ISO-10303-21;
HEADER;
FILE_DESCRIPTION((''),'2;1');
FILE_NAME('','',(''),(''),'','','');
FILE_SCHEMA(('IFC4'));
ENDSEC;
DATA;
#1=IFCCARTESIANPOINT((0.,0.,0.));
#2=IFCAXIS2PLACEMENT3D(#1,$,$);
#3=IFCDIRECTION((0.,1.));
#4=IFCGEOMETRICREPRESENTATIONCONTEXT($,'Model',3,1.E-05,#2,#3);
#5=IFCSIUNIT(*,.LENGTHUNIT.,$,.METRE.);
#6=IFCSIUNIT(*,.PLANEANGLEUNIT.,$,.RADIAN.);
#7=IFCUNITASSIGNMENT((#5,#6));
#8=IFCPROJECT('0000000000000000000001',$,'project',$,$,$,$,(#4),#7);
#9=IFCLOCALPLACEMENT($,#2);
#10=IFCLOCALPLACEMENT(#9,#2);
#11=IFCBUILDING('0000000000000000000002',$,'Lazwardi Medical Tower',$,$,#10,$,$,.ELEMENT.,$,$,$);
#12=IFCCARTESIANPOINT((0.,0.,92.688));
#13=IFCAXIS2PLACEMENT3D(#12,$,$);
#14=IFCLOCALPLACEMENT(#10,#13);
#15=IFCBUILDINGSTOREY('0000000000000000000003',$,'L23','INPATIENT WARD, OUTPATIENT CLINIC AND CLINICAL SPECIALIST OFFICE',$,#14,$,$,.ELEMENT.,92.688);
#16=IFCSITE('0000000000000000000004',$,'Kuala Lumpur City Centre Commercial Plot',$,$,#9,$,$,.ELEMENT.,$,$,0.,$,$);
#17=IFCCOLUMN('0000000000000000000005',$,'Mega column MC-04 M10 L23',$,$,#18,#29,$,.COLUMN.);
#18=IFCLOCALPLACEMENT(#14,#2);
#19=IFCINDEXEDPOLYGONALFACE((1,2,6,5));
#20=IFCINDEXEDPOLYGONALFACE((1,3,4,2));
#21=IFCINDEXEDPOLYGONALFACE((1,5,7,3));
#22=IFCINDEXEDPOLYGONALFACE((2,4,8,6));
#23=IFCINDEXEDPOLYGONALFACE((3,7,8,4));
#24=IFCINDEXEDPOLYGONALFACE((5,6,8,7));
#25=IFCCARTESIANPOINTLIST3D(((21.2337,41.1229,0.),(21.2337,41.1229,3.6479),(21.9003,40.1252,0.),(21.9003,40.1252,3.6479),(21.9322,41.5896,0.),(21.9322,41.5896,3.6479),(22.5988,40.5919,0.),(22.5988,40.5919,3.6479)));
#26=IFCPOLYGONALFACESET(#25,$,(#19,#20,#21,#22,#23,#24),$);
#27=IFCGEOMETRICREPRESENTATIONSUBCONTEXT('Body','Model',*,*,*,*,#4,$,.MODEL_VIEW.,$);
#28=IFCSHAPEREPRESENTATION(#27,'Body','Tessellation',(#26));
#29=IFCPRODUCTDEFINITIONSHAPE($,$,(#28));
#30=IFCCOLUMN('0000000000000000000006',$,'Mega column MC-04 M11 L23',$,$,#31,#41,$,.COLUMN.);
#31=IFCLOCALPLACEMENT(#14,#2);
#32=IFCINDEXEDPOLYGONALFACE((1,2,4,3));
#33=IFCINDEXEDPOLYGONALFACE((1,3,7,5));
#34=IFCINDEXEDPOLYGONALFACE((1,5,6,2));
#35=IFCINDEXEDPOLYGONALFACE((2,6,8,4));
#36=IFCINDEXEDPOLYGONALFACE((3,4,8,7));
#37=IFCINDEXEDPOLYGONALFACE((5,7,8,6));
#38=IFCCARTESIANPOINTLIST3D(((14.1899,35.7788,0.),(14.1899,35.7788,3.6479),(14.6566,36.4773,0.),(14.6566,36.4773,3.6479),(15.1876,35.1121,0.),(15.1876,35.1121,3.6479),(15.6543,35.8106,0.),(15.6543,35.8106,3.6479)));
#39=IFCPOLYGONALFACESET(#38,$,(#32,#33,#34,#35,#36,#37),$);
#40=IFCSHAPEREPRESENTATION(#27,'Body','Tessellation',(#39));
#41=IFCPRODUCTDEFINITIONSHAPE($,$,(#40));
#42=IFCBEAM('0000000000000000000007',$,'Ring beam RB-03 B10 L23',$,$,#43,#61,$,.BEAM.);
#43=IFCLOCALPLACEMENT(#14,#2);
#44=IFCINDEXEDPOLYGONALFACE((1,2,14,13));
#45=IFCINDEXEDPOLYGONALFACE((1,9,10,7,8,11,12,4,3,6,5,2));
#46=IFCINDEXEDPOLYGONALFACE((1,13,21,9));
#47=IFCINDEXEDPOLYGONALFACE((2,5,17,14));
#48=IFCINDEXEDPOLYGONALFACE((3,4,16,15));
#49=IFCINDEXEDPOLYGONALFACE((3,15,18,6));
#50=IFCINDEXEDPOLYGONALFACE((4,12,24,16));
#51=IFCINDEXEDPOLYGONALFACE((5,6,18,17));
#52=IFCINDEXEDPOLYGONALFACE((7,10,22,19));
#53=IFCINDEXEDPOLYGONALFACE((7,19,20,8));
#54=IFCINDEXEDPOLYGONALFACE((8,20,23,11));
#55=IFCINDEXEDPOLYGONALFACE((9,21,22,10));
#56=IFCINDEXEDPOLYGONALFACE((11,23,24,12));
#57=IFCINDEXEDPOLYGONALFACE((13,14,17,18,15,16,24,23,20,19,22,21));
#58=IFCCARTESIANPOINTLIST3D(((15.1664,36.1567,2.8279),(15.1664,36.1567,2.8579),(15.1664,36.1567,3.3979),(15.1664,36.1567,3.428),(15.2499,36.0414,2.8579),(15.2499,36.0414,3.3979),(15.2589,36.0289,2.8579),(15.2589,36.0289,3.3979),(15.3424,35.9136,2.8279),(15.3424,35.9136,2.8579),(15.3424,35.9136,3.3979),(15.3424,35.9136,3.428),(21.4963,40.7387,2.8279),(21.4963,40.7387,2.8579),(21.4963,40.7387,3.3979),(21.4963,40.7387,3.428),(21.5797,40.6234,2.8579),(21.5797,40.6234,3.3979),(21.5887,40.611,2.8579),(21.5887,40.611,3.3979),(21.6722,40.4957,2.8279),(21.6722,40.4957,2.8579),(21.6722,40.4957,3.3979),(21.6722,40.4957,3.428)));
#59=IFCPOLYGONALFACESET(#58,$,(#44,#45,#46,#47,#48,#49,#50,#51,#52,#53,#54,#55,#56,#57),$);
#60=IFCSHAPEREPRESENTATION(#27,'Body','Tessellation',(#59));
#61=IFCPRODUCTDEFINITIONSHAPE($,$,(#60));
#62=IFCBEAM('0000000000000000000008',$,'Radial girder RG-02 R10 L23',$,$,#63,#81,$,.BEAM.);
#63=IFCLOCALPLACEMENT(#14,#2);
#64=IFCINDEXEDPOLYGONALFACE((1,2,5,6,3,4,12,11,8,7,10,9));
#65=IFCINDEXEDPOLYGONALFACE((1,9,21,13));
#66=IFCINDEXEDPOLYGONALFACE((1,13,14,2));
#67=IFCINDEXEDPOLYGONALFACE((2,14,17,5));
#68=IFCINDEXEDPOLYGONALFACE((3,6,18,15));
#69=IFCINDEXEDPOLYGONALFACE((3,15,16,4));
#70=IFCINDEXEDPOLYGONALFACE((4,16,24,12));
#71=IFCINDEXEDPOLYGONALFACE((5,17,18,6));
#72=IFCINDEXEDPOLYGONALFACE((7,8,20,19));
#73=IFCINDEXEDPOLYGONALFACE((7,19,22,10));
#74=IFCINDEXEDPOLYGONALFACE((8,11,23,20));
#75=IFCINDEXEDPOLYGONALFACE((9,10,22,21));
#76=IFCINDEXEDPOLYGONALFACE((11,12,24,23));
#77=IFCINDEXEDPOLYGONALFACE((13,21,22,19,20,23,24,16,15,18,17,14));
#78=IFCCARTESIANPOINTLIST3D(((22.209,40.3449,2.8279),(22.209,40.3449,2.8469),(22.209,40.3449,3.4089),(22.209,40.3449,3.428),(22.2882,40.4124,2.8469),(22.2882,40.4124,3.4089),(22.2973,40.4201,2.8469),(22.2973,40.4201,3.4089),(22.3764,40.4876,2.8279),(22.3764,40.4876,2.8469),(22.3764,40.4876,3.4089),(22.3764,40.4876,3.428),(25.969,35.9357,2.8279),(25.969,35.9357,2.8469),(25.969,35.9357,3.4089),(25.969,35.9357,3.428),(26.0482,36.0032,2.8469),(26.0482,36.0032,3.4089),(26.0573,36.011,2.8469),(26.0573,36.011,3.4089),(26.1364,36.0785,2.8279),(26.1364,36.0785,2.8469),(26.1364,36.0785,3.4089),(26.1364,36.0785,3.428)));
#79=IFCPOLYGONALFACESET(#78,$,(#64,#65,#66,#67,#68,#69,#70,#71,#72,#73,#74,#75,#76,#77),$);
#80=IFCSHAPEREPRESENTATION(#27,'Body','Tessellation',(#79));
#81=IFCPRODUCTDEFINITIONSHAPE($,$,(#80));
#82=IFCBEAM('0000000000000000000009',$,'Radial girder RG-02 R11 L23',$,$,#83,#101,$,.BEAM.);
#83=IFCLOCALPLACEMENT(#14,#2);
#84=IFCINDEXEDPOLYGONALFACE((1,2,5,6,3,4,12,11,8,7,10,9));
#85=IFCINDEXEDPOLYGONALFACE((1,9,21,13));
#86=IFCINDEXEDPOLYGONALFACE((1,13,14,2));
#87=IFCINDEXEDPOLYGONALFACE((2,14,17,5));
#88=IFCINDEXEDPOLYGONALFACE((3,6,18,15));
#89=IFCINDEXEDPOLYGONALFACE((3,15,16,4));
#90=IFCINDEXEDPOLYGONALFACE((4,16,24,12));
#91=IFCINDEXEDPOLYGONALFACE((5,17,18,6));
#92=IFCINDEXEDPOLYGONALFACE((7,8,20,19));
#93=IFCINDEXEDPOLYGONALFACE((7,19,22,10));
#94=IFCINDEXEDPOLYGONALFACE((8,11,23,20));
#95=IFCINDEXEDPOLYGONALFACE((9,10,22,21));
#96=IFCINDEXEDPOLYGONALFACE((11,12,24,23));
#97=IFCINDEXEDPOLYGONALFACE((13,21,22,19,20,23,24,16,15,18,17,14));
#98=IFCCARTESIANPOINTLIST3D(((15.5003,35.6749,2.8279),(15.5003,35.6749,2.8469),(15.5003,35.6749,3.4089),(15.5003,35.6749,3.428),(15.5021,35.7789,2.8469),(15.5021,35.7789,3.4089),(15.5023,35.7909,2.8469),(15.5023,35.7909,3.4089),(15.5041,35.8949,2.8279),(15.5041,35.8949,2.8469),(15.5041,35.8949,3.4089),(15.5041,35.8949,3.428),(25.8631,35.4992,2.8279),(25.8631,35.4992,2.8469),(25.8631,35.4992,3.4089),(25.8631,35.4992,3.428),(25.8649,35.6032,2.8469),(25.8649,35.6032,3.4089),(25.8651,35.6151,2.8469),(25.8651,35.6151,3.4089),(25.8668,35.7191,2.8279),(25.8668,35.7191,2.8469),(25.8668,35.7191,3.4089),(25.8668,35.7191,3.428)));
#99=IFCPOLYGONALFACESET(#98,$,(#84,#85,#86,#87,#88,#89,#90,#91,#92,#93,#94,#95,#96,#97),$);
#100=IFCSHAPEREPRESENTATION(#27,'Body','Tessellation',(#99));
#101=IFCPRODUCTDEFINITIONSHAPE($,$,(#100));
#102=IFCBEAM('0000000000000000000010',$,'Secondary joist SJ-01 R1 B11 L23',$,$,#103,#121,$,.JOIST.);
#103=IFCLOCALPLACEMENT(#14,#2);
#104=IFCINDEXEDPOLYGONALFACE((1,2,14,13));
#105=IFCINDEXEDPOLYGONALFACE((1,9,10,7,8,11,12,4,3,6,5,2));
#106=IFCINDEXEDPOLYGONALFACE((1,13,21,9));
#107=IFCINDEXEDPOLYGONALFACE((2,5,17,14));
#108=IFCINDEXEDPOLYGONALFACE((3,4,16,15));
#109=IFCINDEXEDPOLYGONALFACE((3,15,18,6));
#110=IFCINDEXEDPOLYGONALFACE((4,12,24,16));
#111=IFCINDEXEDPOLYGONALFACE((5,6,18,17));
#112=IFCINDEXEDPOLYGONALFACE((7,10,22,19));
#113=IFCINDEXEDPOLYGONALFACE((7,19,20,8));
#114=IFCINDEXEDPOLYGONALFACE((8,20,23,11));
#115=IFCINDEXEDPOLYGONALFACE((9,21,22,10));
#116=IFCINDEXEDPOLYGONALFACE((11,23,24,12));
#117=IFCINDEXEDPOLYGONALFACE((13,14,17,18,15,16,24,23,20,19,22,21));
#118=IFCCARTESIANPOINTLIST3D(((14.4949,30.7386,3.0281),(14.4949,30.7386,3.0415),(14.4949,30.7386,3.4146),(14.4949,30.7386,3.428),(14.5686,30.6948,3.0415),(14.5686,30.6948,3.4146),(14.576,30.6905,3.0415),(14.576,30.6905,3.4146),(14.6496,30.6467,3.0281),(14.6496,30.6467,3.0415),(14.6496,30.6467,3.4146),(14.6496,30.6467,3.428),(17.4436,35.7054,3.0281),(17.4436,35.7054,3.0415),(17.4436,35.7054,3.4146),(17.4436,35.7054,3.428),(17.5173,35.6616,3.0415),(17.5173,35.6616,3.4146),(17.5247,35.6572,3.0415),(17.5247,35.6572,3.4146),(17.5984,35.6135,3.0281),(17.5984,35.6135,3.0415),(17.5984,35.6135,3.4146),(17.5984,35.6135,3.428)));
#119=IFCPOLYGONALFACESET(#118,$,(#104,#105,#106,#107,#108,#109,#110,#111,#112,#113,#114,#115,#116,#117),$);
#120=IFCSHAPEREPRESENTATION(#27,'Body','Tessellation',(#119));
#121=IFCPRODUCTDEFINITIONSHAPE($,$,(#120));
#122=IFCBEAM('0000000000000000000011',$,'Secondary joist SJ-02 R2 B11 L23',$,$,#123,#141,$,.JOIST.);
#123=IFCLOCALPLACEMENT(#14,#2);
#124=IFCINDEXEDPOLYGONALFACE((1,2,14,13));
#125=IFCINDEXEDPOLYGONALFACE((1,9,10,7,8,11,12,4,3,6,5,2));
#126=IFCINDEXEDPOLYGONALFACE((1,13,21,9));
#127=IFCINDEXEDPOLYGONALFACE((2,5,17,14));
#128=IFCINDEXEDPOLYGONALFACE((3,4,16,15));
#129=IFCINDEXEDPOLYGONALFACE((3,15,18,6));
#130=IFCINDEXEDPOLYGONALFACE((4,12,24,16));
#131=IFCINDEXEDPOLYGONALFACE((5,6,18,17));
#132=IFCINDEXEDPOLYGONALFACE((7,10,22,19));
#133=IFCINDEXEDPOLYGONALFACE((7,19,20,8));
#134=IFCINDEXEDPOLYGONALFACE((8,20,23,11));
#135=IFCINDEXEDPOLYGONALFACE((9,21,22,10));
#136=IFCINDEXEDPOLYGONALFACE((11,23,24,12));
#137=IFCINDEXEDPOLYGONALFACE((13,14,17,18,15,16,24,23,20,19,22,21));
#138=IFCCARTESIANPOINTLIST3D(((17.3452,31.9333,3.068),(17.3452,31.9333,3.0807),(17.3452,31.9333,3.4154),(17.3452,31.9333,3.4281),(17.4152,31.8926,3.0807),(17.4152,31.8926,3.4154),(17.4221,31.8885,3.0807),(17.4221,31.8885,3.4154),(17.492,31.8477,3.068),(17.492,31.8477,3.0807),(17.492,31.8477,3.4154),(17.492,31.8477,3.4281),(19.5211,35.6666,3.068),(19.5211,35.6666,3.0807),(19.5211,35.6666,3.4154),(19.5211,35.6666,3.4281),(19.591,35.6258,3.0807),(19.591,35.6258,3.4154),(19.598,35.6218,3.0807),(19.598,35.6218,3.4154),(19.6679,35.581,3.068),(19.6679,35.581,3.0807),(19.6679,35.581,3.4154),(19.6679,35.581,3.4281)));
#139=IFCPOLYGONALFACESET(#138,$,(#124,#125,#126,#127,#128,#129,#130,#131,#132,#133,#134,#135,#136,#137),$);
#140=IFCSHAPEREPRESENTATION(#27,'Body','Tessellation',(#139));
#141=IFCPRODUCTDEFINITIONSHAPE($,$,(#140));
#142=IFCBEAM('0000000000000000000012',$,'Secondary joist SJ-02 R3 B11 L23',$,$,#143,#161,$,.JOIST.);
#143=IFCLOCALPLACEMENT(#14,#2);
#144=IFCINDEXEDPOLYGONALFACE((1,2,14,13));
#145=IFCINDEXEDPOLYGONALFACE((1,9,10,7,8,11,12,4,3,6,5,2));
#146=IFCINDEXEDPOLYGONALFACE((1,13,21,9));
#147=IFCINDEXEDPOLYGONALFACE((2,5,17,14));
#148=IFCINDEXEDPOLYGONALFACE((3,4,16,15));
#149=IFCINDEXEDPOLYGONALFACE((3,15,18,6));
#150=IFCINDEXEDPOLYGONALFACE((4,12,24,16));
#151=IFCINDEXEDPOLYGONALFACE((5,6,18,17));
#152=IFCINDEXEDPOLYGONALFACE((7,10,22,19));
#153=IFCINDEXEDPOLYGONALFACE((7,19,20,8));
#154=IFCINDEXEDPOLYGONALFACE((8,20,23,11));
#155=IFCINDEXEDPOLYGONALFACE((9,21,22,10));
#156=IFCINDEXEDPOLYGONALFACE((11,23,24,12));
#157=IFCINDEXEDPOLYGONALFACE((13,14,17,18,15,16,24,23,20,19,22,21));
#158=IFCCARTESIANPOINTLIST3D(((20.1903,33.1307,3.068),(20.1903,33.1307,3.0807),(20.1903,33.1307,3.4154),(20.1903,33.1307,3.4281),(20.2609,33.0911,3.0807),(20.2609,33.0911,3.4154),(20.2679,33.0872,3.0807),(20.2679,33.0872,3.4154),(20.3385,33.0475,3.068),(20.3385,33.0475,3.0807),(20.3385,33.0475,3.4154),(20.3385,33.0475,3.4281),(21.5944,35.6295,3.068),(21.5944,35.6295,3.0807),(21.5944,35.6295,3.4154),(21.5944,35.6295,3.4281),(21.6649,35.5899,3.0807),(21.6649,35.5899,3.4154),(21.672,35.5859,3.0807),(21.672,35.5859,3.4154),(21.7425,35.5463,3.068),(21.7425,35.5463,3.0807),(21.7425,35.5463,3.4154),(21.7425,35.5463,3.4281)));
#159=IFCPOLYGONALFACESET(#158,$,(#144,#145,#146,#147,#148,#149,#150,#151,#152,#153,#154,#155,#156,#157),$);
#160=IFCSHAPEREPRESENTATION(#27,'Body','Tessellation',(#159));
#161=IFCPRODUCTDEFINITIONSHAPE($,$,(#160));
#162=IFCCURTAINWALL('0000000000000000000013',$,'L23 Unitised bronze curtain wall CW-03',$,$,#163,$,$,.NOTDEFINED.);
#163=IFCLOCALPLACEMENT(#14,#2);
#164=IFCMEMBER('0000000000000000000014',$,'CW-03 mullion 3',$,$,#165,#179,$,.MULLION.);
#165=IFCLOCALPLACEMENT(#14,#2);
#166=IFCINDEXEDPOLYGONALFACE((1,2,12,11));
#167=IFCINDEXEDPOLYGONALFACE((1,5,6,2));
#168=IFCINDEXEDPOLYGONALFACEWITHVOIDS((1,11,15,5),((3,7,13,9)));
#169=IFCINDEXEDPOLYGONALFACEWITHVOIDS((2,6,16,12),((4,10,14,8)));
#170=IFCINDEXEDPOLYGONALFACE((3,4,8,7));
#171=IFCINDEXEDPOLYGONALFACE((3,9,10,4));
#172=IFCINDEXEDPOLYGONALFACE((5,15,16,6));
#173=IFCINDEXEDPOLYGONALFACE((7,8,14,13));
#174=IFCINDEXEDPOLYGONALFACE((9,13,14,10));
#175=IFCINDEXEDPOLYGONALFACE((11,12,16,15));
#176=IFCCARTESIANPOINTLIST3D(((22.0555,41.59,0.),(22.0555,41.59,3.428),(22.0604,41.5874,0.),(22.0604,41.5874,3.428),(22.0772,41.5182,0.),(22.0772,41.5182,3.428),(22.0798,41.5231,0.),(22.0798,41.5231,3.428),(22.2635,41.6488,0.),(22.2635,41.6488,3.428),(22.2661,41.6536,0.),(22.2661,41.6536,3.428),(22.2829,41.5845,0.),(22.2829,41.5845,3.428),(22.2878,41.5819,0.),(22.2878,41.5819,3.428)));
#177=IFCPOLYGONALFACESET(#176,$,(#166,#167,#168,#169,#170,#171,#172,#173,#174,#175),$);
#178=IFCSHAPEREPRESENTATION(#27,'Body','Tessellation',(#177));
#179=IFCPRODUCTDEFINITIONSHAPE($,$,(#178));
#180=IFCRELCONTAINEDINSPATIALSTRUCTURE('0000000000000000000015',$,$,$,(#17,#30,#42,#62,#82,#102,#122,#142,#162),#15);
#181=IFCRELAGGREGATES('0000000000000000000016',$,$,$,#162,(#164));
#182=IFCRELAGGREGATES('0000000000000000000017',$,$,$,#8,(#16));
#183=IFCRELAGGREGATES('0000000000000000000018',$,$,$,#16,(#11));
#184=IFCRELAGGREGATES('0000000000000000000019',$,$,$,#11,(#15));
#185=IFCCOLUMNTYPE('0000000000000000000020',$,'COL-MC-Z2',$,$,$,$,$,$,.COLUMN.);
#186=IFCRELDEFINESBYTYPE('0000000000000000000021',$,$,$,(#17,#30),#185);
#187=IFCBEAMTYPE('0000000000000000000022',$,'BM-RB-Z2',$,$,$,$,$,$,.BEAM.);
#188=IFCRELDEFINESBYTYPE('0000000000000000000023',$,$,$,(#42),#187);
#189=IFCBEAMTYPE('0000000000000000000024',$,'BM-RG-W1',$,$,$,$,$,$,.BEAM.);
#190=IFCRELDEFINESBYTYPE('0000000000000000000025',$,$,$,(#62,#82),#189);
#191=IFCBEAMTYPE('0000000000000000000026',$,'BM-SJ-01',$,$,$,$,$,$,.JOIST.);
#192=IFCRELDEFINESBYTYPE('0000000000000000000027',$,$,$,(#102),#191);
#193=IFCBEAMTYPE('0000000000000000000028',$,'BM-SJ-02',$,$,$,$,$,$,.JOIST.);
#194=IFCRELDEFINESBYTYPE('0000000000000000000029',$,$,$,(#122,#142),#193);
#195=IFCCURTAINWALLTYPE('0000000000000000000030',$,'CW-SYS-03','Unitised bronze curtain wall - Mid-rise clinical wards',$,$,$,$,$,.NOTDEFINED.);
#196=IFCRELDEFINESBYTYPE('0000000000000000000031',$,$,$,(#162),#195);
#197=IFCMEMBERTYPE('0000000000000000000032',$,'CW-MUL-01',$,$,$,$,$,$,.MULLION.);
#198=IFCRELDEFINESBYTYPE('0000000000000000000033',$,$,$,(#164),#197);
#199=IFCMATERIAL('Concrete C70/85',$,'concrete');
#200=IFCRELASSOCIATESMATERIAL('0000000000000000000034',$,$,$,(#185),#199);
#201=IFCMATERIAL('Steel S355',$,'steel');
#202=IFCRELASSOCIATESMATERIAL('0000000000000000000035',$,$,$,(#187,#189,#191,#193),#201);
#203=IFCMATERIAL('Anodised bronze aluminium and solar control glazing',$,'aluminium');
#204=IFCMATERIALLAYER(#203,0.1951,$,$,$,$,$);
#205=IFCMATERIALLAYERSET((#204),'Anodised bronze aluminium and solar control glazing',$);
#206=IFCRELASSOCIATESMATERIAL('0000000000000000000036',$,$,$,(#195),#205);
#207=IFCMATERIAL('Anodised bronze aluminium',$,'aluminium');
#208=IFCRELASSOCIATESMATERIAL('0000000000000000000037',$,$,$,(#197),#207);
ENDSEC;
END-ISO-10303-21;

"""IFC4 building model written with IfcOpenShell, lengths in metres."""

from ifc_helpers import new_model, si_unit, direction, frame, origin, origin_2d, place, context, subcontext, project, spatial, rectangle, hollow_rectangle, i_section, extrude, material, layer, layer_set, material_profile, profile_set, type_object, element, aggregate, save


model = new_model("IFC4")

# Units and contexts
model_context = context("Model", 3, precision=1e-05, world=origin(), true_north=direction((0.0, 1.0)))
body_context = subcontext(model_context, "Body", "Model", "MODEL_VIEW")
ifc_project = project(units=[si_unit("LENGTHUNIT", "METRE"), si_unit("PLANEANGLEUNIT", "RADIAN")], contexts=[model_context])

# Site, building, storey
site_placement = place(None, origin())
site = spatial("IfcSite", under=ifc_project, at=site_placement, Name="Kuala Lumpur City Centre Commercial Plot", CompositionType="ELEMENT", RefElevation=0.0)
building_placement = place(site_placement, origin())
building = spatial("IfcBuilding", under=site, at=building_placement, Name="Lazwardi Medical Tower", CompositionType="ELEMENT")
storey_placement = place(building_placement, frame((0.0, 0.0, 92.688)))
storey = spatial("IfcBuildingStorey", under=building, at=storey_placement, Name="L23", Description="INPATIENT WARD, OUTPATIENT CLINIC AND CLINICAL SPECIALIST OFFICE", CompositionType="ELEMENT", Elevation=92.688)

# Columns
ifc_material_1 = material(Name="Concrete C70/85", Category="concrete")
ifc_material_profile_1 = material_profile(ifc_material_1, rectangle(XDim=1.2, YDim=0.8401, at=origin_2d()), Name="CFT-RECT 1200x840")
ifc_profile_set_1 = profile_set([ifc_material_profile_1], Name="Concrete C70/85")
column_type = type_object("IfcColumnType", Name="COL-MC-Z2", PredefinedType="COLUMN", material=ifc_profile_set_1)
for number, where, z_axis, x_axis, name in (
    (1, (21.9163, 40.8574, 0.0), (0.0, 0.0, 1.0), (-0.55557, 0.83147, 0.0), "Mega column MC-04 M10 L23"),
    (2, (14.9221, 35.7947, 0.0), (0.0, 0.0, 1.0), (-0.83147, 0.55557, 0.0), "Mega column MC-04 M11 L23"),
):
    element("IfcColumn", number, at=place(storey_placement, frame(where, z_axis=z_axis, x_axis=x_axis)), inside=storey, type_object=column_type, Name=name, PredefinedType="COLUMN", context=body_context, shape_type="SweptSolid", body=[
        extrude(rectangle(XDim=1.2, YDim=0.8401, at=origin_2d()), origin(), (0.0, 0.0, 1.0), 3.6479),
    ])

# Beams
ifc_material_2 = material(Name="Steel S355", Category="steel")
ifc_material_profile_2 = material_profile(ifc_material_2, i_section(OverallWidth=0.3, OverallDepth=0.6001, WebThickness=0.0154, FlangeThickness=0.03, at=origin_2d()), Name="HEB 600")
ifc_profile_set_2 = profile_set([ifc_material_profile_2], Name="Steel S355")
beam_type_1 = type_object("IfcBeamType", Name="BM-RB-Z2", PredefinedType="BEAM", material=ifc_profile_set_2)
beam_1_placement = place(storey_placement, frame((21.5842, 40.6172, 3.1279), z_axis=(-0.810042, -0.586372, 0.0), x_axis=(0.586372, -0.810042, 0.0)))
element("IfcBeam", 3, at=beam_1_placement, inside=storey, type_object=beam_type_1, Name="Ring beam RB-03 B10 L23", PredefinedType="BEAM", context=body_context, shape_type="SweptSolid", body=[
    extrude(i_section(OverallWidth=0.3, OverallDepth=0.6001, WebThickness=0.0154, FlangeThickness=0.03, at=origin_2d()), origin(), (0.0, 0.0, 1.0), 7.8142),
])
ifc_material_profile_3 = material_profile(ifc_material_2, i_section(OverallWidth=0.22, OverallDepth=0.6001, WebThickness=0.012, FlangeThickness=0.019, at=origin_2d()), Name="IPE 600")
ifc_profile_set_3 = profile_set([ifc_material_profile_3], Name="Steel S355")
beam_type_2 = type_object("IfcBeamType", Name="BM-RG-W1", PredefinedType="BEAM", material=ifc_profile_set_3)
beam_2_placement = place(storey_placement, frame((22.2927, 40.4163, 3.1279), z_axis=(0.648871, -0.760899, 0.0), x_axis=(0.760899, 0.648871, 0.0)))
element("IfcBeam", 4, at=beam_2_placement, inside=storey, type_object=beam_type_2, Name="Radial girder RG-02 R10 L23", PredefinedType="BEAM", context=body_context, shape_type="SweptSolid", body=[
    extrude(i_section(OverallWidth=0.22, OverallDepth=0.6001, WebThickness=0.012, FlangeThickness=0.019, at=origin_2d()), origin(), (0.0, 0.0, 1.0), 5.7947),
])
beam_3_placement = place(storey_placement, frame((15.5022, 35.7849, 3.1279), z_axis=(0.999856, -0.01696, 0.0), x_axis=(0.01696, 0.999856, 0.0)))
element("IfcBeam", 5, at=beam_3_placement, inside=storey, type_object=beam_type_2, Name="Radial girder RG-02 R11 L23", PredefinedType="BEAM", context=body_context, shape_type="SweptSolid", body=[
    extrude(i_section(OverallWidth=0.22, OverallDepth=0.6001, WebThickness=0.012, FlangeThickness=0.019, at=origin_2d()), origin(), (0.0, 0.0, 1.0), 10.3643),
])
ifc_material_profile_4 = material_profile(ifc_material_2, i_section(OverallWidth=0.1799, OverallDepth=0.3999, WebThickness=0.0085, FlangeThickness=0.0134, at=origin_2d()), Name="IPE 400")
ifc_profile_set_4 = profile_set([ifc_material_profile_4], Name="Steel S355")
beam_type_3 = type_object("IfcBeamType", Name="BM-SJ-01", PredefinedType="JOIST", material=ifc_profile_set_4)
beam_4_placement = place(storey_placement, frame((17.521, 35.6594, 3.228), z_axis=(-0.5105, -0.859878, 0.0), x_axis=(0.859878, -0.5105, 0.0)))
element("IfcBeam", 6, at=beam_4_placement, inside=storey, type_object=beam_type_3, Name="Secondary joist SJ-01 R1 B11 L23", PredefinedType="JOIST", context=body_context, shape_type="SweptSolid", body=[
    extrude(i_section(OverallWidth=0.1799, OverallDepth=0.3999, WebThickness=0.0085, FlangeThickness=0.0134, at=origin_2d()), origin(), (0.0, 0.0, 1.0), 5.7761),
])
ifc_material_profile_5 = material_profile(ifc_material_2, i_section(OverallWidth=0.1699, OverallDepth=0.3601, WebThickness=0.0081, FlangeThickness=0.0127, at=origin_2d()), Name="IPE 360")
ifc_profile_set_5 = profile_set([ifc_material_profile_5], Name="Steel S355")
beam_type_4 = type_object("IfcBeamType", Name="BM-SJ-02", PredefinedType="JOIST", material=ifc_profile_set_5)
beam_5_placement = place(storey_placement, frame((19.5945, 35.6238, 3.248), z_axis=(-0.503544, -0.863969, 0.0), x_axis=(0.863969, -0.503544, 0.0)))
element("IfcBeam", 7, at=beam_5_placement, inside=storey, type_object=beam_type_4, Name="Secondary joist SJ-02 R2 B11 L23", PredefinedType="JOIST", context=body_context, shape_type="SweptSolid", body=[
    extrude(i_section(OverallWidth=0.1699, OverallDepth=0.3601, WebThickness=0.0081, FlangeThickness=0.0127, at=origin_2d()), origin(), (0.0, 0.0, 1.0), 4.321),
])
beam_6_placement = place(storey_placement, frame((21.6685, 35.5879, 3.248), z_axis=(-0.489861, -0.871801, 0.0), x_axis=(0.871801, -0.489861, 0.0)))
element("IfcBeam", 8, at=beam_6_placement, inside=storey, type_object=beam_type_4, Name="Secondary joist SJ-02 R3 B11 L23", PredefinedType="JOIST", context=body_context, shape_type="SweptSolid", body=[
    extrude(i_section(OverallWidth=0.1699, OverallDepth=0.3601, WebThickness=0.0081, FlangeThickness=0.0127, at=origin_2d()), origin(), (0.0, 0.0, 1.0), 2.8662),
])

# Curtain wall, member
ifc_material_3 = material(Name="Anodised bronze aluminium and solar control glazing", Category="aluminium")
ifc_layer_1 = layer(ifc_material_3, 0.1951)
ifc_layer_set_1 = layer_set([ifc_layer_1], Name="Anodised bronze aluminium and solar control glazing")
curtain_wall_type = type_object("IfcCurtainWallType", Name="CW-SYS-03", Description="Unitised bronze curtain wall - Mid-rise clinical wards", PredefinedType="NOTDEFINED", material=ifc_layer_set_1)
curtain_wall_1_placement = place(storey_placement, origin())
curtain_wall_1 = element("IfcCurtainWall", 9, at=curtain_wall_1_placement, inside=storey, type_object=curtain_wall_type, Name="L23 Unitised bronze curtain wall CW-03", PredefinedType="NOTDEFINED")
ifc_material_4 = material(Name="Anodised bronze aluminium", Category="aluminium")
ifc_material_profile_6 = material_profile(ifc_material_4, hollow_rectangle(XDim=0.075, YDim=0.22, WallThickness=0.0039, at=origin_2d()), Name="ALU-MULLION 220x75x4")
ifc_profile_set_6 = profile_set([ifc_material_profile_6], Name="Anodised bronze aluminium")
member_type_1 = type_object("IfcMemberType", Name="CW-MUL-01", PredefinedType="MULLION", material=ifc_profile_set_6)
member_1_placement = place(storey_placement, frame((22.1716, 41.5859, 0.0), z_axis=(0.0, 0.0, 1.0), x_axis=(0.289374, -0.957216, 0.0)))
member_1 = element("IfcMember", 10, at=member_1_placement, type_object=member_type_1, Name="CW-03 mullion 3", PredefinedType="MULLION", context=body_context, shape_type="SweptSolid", body=[
    extrude(hollow_rectangle(XDim=0.075, YDim=0.22, WallThickness=0.0039, at=origin_2d()), origin(), (0.0, 0.0, 1.0), 3.428),
])
aggregate(curtain_wall_1, [member_1])

save(model, "model.ifc")
